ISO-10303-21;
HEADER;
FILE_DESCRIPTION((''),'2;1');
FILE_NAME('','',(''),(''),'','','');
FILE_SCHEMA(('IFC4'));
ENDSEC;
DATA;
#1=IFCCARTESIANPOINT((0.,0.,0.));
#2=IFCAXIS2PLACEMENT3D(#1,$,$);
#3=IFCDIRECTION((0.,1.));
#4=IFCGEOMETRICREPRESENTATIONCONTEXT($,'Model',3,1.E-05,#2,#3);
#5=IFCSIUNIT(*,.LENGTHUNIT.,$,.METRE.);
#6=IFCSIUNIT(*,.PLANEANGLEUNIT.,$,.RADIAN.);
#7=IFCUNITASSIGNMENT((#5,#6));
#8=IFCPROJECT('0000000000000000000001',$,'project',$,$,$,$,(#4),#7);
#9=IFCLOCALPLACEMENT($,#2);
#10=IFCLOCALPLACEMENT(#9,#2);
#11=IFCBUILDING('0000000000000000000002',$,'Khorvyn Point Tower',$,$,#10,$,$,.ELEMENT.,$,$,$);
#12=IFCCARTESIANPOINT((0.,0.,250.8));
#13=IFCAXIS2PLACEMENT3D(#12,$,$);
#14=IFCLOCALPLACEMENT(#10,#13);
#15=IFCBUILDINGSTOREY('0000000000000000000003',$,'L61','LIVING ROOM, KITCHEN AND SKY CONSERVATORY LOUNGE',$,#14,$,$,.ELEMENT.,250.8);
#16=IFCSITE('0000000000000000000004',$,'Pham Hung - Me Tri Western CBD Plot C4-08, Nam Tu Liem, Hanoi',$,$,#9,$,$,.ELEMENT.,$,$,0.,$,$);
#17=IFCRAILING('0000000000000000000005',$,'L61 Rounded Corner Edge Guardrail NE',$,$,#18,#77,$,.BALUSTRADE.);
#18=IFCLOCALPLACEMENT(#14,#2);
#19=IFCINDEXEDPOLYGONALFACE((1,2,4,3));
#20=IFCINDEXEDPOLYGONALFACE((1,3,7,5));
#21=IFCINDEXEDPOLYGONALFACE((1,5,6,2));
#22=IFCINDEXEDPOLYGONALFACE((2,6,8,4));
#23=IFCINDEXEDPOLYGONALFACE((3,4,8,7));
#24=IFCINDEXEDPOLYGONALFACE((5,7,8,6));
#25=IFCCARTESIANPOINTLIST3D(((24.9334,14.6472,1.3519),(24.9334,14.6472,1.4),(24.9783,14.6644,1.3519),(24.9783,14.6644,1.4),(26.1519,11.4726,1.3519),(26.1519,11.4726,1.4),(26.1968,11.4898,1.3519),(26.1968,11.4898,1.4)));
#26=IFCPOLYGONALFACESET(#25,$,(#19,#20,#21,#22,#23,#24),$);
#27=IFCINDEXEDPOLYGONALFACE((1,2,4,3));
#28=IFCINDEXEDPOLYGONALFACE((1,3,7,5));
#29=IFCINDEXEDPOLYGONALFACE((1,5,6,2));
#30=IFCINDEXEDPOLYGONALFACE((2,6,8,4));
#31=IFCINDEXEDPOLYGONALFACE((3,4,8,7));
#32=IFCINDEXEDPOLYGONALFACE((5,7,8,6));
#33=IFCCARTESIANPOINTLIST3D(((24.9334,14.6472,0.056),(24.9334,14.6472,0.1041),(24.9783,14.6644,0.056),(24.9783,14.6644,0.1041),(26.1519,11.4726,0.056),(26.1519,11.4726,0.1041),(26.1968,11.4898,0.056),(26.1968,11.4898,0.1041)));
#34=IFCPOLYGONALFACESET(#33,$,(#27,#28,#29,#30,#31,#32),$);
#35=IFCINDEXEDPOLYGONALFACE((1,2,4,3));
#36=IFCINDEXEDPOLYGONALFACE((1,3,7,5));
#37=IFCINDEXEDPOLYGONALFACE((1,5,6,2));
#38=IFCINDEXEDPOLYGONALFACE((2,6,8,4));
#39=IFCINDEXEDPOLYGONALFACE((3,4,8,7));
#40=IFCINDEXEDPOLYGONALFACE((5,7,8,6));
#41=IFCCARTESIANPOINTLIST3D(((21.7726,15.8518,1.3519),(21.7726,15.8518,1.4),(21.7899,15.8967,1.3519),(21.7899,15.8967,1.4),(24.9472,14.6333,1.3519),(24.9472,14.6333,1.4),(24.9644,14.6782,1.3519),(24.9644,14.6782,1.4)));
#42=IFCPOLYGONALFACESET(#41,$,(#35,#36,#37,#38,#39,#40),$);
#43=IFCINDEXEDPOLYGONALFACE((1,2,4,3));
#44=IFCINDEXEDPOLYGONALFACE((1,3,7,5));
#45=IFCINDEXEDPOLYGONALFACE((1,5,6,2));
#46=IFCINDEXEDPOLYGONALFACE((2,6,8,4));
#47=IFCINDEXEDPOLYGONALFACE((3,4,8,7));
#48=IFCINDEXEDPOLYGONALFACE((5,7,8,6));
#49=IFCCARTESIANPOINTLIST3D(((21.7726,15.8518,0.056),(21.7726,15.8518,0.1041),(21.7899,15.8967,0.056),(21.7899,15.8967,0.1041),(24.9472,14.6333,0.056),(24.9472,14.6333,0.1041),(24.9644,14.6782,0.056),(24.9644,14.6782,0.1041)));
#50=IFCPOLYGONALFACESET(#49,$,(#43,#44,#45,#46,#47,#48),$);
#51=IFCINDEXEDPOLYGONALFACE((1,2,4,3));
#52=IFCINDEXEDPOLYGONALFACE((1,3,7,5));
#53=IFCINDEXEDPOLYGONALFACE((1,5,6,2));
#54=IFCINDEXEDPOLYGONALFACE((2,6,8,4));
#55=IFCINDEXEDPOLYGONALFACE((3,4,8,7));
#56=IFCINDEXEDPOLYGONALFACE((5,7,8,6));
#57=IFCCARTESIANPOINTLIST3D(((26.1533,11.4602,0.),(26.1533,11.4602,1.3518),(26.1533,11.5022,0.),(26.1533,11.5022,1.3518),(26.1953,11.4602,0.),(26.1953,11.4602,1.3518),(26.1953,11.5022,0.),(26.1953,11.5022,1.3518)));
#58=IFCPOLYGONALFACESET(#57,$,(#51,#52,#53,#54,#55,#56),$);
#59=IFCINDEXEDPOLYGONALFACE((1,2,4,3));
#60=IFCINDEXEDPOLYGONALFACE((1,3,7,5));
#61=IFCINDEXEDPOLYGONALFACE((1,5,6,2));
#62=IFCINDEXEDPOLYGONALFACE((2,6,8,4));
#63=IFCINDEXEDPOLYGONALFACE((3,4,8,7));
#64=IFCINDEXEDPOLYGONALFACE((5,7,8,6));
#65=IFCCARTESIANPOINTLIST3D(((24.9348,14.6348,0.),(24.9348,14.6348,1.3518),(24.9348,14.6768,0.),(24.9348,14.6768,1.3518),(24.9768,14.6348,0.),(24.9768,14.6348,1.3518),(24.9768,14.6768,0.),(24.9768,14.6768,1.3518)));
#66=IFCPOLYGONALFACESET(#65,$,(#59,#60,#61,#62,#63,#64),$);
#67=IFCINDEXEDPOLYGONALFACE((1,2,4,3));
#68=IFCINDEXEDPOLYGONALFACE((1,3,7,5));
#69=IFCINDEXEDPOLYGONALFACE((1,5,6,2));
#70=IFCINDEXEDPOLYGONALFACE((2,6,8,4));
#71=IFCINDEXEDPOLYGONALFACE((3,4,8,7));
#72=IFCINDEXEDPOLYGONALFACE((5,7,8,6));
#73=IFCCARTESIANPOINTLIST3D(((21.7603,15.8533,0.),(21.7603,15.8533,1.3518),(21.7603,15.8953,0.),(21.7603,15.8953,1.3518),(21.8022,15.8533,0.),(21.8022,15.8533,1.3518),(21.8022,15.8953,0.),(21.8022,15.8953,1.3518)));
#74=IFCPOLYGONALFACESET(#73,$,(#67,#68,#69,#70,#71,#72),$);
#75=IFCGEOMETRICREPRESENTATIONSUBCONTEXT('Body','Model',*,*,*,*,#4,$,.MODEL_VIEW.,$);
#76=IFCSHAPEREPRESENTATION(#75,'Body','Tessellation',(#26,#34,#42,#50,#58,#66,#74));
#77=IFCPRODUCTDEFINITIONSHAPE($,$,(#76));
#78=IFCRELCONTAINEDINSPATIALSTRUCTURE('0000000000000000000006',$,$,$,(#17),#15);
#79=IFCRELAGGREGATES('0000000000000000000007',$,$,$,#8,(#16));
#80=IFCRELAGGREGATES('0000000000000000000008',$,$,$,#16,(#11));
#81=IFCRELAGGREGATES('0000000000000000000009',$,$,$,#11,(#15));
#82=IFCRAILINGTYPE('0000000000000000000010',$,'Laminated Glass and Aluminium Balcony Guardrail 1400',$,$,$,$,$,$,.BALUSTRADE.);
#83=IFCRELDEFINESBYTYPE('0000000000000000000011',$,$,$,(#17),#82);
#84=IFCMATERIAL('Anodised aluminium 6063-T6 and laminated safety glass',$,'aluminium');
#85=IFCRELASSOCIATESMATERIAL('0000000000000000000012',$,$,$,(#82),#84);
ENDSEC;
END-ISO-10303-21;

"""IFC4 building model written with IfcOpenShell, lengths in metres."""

from ifc_helpers import new_model, si_unit, direction, frame, origin, origin_2d, place, context, subcontext, project, spatial, rectangle, extrude, material, type_object, element, save


model = new_model("IFC4")

# Units and contexts
model_context = context("Model", 3, precision=1e-05, world=origin(), true_north=direction((0.0, 1.0)))
body_context = subcontext(model_context, "Body", "Model", "MODEL_VIEW")
ifc_project = project(units=[si_unit("LENGTHUNIT", "METRE"), si_unit("PLANEANGLEUNIT", "RADIAN")], contexts=[model_context])

# Site, building, storey
site_placement = place(None, origin())
site = spatial("IfcSite", under=ifc_project, at=site_placement, Name="Pham Hung - Me Tri Western CBD Plot C4-08, Nam Tu Liem, Hanoi", CompositionType="ELEMENT", RefElevation=0.0)
building_placement = place(site_placement, origin())
building = spatial("IfcBuilding", under=site, at=building_placement, Name="Khorvyn Point Tower", CompositionType="ELEMENT")
storey_placement = place(building_placement, frame((0.0, 0.0, 250.8)))
storey = spatial("IfcBuildingStorey", under=building, at=storey_placement, Name="L61", Description="LIVING ROOM, KITCHEN AND SKY CONSERVATORY LOUNGE", CompositionType="ELEMENT", Elevation=250.8)

# Railing
ifc_material_1 = material(Name="Anodised aluminium 6063-T6 and laminated safety glass", Category="aluminium")
railing_type = type_object("IfcRailingType", Name="Laminated Glass and Aluminium Balcony Guardrail 1400", PredefinedType="BALUSTRADE", material=ifc_material_1)
railing_placement = place(storey_placement, frame((26.1743, 11.4812, 0.0)))
element("IfcRailing", 1, at=railing_placement, inside=storey, type_object=railing_type, Name="L61 Rounded Corner Edge Guardrail NE", PredefinedType="BALUSTRADE", context=body_context, shape_type="SweptSolid", body=[
    extrude(rectangle(XDim=0.0481, YDim=0.0481, at=origin_2d()), frame((0.0, 0.0, 1.376), z_axis=(-0.358344, 0.93359, 0.0), x_axis=(-0.93359, -0.358344, 0.0)), (0.0, 0.0, 1.0), 3.4004),
    extrude(rectangle(XDim=0.0481, YDim=0.0481, at=origin_2d()), frame((0.0, 0.0, 0.0801), z_axis=(-0.358344, 0.93359, 0.0), x_axis=(-0.93359, -0.358344, 0.0)), (0.0, 0.0, 1.0), 3.4004),
    extrude(rectangle(XDim=0.0481, YDim=0.0481, at=origin_2d()), frame((-1.2185, 3.1746, 1.376), z_axis=(-0.93359, 0.358344, 0.0), x_axis=(-0.358344, -0.93359, 0.0)), (0.0, 0.0, 1.0), 3.4004),
    extrude(rectangle(XDim=0.0481, YDim=0.0481, at=origin_2d()), frame((-1.2185, 3.1746, 0.0801), z_axis=(-0.93359, 0.358344, 0.0), x_axis=(-0.358344, -0.93359, 0.0)), (0.0, 0.0, 1.0), 3.4004),
    extrude(rectangle(XDim=0.042, YDim=0.042, at=origin_2d()), origin(), (0.0, 0.0, 1.0), 1.3518),
    extrude(rectangle(XDim=0.042, YDim=0.042, at=origin_2d()), frame((-1.2185, 3.1746, 0.0)), (0.0, 0.0, 1.0), 1.3518),
    extrude(rectangle(XDim=0.042, YDim=0.042, at=origin_2d()), frame((-4.3931, 4.3931, 0.0)), (0.0, 0.0, 1.0), 1.3518),
])

save(model, "model.ifc")
